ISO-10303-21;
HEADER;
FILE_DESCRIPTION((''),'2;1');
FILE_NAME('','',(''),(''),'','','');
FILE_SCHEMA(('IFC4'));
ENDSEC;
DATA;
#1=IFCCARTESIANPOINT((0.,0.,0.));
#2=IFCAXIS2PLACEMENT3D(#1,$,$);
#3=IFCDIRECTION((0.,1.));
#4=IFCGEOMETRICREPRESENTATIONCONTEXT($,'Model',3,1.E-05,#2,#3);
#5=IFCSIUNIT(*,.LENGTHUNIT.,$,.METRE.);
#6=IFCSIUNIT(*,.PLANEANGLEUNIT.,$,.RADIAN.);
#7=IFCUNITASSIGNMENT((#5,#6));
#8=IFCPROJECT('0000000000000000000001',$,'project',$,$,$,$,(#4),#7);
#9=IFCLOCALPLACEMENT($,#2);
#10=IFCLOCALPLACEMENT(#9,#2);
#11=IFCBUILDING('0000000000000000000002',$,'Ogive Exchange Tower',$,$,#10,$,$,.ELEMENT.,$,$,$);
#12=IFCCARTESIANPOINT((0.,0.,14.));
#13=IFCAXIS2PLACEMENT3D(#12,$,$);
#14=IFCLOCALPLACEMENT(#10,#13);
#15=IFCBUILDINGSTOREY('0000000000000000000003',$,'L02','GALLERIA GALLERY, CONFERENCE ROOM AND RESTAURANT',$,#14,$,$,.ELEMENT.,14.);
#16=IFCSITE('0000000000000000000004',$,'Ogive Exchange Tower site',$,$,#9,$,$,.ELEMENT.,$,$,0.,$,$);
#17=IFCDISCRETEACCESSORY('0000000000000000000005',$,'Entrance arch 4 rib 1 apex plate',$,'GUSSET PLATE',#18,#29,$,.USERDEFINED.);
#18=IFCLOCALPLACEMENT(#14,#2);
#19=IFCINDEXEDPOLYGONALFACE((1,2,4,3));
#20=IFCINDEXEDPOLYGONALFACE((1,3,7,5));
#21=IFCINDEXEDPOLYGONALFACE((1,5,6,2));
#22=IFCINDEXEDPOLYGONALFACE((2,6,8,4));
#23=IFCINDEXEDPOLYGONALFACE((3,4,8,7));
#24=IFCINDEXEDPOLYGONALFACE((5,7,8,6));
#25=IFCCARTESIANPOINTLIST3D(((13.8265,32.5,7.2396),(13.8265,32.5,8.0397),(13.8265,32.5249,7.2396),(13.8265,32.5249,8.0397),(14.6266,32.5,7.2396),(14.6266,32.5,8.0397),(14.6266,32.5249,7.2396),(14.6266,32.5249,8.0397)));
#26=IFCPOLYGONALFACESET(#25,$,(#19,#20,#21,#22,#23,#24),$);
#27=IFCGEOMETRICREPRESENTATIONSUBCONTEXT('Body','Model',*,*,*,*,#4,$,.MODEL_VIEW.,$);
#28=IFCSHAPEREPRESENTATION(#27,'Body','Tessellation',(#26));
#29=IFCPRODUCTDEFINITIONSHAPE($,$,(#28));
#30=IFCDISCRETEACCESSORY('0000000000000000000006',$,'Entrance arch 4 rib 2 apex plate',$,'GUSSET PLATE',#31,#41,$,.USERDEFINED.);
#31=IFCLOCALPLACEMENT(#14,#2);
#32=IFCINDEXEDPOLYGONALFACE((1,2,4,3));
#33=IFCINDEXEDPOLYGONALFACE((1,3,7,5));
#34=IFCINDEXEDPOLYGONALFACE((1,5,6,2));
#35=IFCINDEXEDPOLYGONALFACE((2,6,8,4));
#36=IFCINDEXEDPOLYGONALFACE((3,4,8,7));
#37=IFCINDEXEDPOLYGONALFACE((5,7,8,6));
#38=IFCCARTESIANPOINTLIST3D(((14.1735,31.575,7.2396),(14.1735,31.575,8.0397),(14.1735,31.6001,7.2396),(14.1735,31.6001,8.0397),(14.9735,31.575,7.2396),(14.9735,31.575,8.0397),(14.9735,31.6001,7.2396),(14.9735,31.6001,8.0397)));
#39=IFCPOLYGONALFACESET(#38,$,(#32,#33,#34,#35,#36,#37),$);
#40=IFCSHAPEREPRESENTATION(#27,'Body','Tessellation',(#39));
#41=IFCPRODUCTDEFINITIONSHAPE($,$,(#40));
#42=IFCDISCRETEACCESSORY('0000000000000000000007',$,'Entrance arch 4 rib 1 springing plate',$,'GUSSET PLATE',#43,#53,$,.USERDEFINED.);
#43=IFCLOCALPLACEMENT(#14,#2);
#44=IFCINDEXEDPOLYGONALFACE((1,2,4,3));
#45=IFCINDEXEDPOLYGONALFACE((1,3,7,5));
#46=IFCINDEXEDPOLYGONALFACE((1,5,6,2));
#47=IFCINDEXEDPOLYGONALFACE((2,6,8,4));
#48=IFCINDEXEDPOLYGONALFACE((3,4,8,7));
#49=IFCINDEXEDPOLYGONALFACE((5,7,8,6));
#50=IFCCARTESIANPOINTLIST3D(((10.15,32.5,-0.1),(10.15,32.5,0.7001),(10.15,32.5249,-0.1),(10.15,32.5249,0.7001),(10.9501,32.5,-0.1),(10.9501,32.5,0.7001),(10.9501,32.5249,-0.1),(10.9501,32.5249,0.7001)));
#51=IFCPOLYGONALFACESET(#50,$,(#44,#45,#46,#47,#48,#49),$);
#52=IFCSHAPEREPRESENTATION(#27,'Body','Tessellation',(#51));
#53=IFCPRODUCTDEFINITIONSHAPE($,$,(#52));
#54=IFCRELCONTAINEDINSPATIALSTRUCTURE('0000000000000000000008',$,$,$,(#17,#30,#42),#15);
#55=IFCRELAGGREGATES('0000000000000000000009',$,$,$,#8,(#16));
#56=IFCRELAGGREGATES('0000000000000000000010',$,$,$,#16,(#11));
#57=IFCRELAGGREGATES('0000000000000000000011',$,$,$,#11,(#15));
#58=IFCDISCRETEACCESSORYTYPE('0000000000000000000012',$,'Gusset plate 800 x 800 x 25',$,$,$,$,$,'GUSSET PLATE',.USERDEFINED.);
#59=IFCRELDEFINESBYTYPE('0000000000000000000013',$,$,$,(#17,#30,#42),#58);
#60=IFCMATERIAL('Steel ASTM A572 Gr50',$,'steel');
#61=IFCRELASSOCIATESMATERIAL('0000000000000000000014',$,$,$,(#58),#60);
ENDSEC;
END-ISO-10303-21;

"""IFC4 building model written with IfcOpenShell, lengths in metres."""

from ifc_helpers import new_model, si_unit, direction, frame, origin, origin_2d, place, context, subcontext, project, spatial, rectangle, extrude, material, material_profile, profile_set, type_object, element, save


model = new_model("IFC4")

# Units and contexts
model_context = context("Model", 3, precision=1e-05, world=origin(), true_north=direction((0.0, 1.0)))
body_context = subcontext(model_context, "Body", "Model", "MODEL_VIEW")
ifc_project = project(units=[si_unit("LENGTHUNIT", "METRE"), si_unit("PLANEANGLEUNIT", "RADIAN")], contexts=[model_context])

# Site, building, storey
site_placement = place(None, origin())
site = spatial("IfcSite", under=ifc_project, at=site_placement, Name="Ogive Exchange Tower site", CompositionType="ELEMENT", RefElevation=0.0)
building_placement = place(site_placement, origin())
building = spatial("IfcBuilding", under=site, at=building_placement, Name="Ogive Exchange Tower", CompositionType="ELEMENT")
storey_placement = place(building_placement, frame((0.0, 0.0, 14.0)))
storey = spatial("IfcBuildingStorey", under=building, at=storey_placement, Name="L02", Description="GALLERIA GALLERY, CONFERENCE ROOM AND RESTAURANT", CompositionType="ELEMENT", Elevation=14.0)

# Discrete accessories
ifc_material_1 = material(Name="Steel ASTM A572 Gr50", Category="steel")
ifc_material_profile_1 = material_profile(ifc_material_1, rectangle(XDim=0.8, YDim=0.8, at=origin_2d()), Name="PL 800 x 800 x 25")
ifc_profile_set_1 = profile_set([ifc_material_profile_1], Name="Steel ASTM A572 Gr50")
discrete_accessory_type = type_object("IfcDiscreteAccessoryType", Name="Gusset plate 800 x 800 x 25", ElementType="GUSSET PLATE", PredefinedType="USERDEFINED", material=ifc_profile_set_1)
for number, where, z_axis, x_axis, name in (
    (1, (14.2266, 32.5, 7.6396), (0.0, 1.0, 0.0), (-1.0, 0.0, 0.0), "Entrance arch 4 rib 1 apex plate"),
):
    element("IfcDiscreteAccessory", number, at=place(storey_placement, frame(where, z_axis=z_axis, x_axis=x_axis)), inside=storey, type_object=discrete_accessory_type, Name=name, ObjectType="GUSSET PLATE", PredefinedType="USERDEFINED", context=body_context, shape_type="SweptSolid", body=[
        extrude(rectangle(XDim=0.8, YDim=0.8, at=origin_2d()), origin(), (0.0, 0.0, 1.0), 0.0249),
    ])
discrete_accessory_1_placement = place(storey_placement, frame((14.5735, 31.6001, 7.6396), z_axis=(0.0, -1.0, 0.0), x_axis=(1.0, 0.0, 0.0)))
element("IfcDiscreteAccessory", 2, at=discrete_accessory_1_placement, inside=storey, type_object=discrete_accessory_type, Name="Entrance arch 4 rib 2 apex plate", ObjectType="GUSSET PLATE", PredefinedType="USERDEFINED", context=body_context, shape_type="SweptSolid", body=[
    extrude(rectangle(XDim=0.8, YDim=0.8, at=origin_2d()), origin(), (0.0, 0.0, 1.0), 0.0251),
])
discrete_accessory_2_placement = place(storey_placement, frame((10.55, 32.5, 0.3), z_axis=(0.0, 1.0, 0.0), x_axis=(-1.0, 0.0, 0.0)))
element("IfcDiscreteAccessory", 3, at=discrete_accessory_2_placement, inside=storey, type_object=discrete_accessory_type, Name="Entrance arch 4 rib 1 springing plate", ObjectType="GUSSET PLATE", PredefinedType="USERDEFINED", context=body_context, shape_type="SweptSolid", body=[
    extrude(rectangle(XDim=0.8, YDim=0.8, at=origin_2d()), origin(), (0.0, 0.0, 1.0), 0.0249),
])

save(model, "model.ifc")
